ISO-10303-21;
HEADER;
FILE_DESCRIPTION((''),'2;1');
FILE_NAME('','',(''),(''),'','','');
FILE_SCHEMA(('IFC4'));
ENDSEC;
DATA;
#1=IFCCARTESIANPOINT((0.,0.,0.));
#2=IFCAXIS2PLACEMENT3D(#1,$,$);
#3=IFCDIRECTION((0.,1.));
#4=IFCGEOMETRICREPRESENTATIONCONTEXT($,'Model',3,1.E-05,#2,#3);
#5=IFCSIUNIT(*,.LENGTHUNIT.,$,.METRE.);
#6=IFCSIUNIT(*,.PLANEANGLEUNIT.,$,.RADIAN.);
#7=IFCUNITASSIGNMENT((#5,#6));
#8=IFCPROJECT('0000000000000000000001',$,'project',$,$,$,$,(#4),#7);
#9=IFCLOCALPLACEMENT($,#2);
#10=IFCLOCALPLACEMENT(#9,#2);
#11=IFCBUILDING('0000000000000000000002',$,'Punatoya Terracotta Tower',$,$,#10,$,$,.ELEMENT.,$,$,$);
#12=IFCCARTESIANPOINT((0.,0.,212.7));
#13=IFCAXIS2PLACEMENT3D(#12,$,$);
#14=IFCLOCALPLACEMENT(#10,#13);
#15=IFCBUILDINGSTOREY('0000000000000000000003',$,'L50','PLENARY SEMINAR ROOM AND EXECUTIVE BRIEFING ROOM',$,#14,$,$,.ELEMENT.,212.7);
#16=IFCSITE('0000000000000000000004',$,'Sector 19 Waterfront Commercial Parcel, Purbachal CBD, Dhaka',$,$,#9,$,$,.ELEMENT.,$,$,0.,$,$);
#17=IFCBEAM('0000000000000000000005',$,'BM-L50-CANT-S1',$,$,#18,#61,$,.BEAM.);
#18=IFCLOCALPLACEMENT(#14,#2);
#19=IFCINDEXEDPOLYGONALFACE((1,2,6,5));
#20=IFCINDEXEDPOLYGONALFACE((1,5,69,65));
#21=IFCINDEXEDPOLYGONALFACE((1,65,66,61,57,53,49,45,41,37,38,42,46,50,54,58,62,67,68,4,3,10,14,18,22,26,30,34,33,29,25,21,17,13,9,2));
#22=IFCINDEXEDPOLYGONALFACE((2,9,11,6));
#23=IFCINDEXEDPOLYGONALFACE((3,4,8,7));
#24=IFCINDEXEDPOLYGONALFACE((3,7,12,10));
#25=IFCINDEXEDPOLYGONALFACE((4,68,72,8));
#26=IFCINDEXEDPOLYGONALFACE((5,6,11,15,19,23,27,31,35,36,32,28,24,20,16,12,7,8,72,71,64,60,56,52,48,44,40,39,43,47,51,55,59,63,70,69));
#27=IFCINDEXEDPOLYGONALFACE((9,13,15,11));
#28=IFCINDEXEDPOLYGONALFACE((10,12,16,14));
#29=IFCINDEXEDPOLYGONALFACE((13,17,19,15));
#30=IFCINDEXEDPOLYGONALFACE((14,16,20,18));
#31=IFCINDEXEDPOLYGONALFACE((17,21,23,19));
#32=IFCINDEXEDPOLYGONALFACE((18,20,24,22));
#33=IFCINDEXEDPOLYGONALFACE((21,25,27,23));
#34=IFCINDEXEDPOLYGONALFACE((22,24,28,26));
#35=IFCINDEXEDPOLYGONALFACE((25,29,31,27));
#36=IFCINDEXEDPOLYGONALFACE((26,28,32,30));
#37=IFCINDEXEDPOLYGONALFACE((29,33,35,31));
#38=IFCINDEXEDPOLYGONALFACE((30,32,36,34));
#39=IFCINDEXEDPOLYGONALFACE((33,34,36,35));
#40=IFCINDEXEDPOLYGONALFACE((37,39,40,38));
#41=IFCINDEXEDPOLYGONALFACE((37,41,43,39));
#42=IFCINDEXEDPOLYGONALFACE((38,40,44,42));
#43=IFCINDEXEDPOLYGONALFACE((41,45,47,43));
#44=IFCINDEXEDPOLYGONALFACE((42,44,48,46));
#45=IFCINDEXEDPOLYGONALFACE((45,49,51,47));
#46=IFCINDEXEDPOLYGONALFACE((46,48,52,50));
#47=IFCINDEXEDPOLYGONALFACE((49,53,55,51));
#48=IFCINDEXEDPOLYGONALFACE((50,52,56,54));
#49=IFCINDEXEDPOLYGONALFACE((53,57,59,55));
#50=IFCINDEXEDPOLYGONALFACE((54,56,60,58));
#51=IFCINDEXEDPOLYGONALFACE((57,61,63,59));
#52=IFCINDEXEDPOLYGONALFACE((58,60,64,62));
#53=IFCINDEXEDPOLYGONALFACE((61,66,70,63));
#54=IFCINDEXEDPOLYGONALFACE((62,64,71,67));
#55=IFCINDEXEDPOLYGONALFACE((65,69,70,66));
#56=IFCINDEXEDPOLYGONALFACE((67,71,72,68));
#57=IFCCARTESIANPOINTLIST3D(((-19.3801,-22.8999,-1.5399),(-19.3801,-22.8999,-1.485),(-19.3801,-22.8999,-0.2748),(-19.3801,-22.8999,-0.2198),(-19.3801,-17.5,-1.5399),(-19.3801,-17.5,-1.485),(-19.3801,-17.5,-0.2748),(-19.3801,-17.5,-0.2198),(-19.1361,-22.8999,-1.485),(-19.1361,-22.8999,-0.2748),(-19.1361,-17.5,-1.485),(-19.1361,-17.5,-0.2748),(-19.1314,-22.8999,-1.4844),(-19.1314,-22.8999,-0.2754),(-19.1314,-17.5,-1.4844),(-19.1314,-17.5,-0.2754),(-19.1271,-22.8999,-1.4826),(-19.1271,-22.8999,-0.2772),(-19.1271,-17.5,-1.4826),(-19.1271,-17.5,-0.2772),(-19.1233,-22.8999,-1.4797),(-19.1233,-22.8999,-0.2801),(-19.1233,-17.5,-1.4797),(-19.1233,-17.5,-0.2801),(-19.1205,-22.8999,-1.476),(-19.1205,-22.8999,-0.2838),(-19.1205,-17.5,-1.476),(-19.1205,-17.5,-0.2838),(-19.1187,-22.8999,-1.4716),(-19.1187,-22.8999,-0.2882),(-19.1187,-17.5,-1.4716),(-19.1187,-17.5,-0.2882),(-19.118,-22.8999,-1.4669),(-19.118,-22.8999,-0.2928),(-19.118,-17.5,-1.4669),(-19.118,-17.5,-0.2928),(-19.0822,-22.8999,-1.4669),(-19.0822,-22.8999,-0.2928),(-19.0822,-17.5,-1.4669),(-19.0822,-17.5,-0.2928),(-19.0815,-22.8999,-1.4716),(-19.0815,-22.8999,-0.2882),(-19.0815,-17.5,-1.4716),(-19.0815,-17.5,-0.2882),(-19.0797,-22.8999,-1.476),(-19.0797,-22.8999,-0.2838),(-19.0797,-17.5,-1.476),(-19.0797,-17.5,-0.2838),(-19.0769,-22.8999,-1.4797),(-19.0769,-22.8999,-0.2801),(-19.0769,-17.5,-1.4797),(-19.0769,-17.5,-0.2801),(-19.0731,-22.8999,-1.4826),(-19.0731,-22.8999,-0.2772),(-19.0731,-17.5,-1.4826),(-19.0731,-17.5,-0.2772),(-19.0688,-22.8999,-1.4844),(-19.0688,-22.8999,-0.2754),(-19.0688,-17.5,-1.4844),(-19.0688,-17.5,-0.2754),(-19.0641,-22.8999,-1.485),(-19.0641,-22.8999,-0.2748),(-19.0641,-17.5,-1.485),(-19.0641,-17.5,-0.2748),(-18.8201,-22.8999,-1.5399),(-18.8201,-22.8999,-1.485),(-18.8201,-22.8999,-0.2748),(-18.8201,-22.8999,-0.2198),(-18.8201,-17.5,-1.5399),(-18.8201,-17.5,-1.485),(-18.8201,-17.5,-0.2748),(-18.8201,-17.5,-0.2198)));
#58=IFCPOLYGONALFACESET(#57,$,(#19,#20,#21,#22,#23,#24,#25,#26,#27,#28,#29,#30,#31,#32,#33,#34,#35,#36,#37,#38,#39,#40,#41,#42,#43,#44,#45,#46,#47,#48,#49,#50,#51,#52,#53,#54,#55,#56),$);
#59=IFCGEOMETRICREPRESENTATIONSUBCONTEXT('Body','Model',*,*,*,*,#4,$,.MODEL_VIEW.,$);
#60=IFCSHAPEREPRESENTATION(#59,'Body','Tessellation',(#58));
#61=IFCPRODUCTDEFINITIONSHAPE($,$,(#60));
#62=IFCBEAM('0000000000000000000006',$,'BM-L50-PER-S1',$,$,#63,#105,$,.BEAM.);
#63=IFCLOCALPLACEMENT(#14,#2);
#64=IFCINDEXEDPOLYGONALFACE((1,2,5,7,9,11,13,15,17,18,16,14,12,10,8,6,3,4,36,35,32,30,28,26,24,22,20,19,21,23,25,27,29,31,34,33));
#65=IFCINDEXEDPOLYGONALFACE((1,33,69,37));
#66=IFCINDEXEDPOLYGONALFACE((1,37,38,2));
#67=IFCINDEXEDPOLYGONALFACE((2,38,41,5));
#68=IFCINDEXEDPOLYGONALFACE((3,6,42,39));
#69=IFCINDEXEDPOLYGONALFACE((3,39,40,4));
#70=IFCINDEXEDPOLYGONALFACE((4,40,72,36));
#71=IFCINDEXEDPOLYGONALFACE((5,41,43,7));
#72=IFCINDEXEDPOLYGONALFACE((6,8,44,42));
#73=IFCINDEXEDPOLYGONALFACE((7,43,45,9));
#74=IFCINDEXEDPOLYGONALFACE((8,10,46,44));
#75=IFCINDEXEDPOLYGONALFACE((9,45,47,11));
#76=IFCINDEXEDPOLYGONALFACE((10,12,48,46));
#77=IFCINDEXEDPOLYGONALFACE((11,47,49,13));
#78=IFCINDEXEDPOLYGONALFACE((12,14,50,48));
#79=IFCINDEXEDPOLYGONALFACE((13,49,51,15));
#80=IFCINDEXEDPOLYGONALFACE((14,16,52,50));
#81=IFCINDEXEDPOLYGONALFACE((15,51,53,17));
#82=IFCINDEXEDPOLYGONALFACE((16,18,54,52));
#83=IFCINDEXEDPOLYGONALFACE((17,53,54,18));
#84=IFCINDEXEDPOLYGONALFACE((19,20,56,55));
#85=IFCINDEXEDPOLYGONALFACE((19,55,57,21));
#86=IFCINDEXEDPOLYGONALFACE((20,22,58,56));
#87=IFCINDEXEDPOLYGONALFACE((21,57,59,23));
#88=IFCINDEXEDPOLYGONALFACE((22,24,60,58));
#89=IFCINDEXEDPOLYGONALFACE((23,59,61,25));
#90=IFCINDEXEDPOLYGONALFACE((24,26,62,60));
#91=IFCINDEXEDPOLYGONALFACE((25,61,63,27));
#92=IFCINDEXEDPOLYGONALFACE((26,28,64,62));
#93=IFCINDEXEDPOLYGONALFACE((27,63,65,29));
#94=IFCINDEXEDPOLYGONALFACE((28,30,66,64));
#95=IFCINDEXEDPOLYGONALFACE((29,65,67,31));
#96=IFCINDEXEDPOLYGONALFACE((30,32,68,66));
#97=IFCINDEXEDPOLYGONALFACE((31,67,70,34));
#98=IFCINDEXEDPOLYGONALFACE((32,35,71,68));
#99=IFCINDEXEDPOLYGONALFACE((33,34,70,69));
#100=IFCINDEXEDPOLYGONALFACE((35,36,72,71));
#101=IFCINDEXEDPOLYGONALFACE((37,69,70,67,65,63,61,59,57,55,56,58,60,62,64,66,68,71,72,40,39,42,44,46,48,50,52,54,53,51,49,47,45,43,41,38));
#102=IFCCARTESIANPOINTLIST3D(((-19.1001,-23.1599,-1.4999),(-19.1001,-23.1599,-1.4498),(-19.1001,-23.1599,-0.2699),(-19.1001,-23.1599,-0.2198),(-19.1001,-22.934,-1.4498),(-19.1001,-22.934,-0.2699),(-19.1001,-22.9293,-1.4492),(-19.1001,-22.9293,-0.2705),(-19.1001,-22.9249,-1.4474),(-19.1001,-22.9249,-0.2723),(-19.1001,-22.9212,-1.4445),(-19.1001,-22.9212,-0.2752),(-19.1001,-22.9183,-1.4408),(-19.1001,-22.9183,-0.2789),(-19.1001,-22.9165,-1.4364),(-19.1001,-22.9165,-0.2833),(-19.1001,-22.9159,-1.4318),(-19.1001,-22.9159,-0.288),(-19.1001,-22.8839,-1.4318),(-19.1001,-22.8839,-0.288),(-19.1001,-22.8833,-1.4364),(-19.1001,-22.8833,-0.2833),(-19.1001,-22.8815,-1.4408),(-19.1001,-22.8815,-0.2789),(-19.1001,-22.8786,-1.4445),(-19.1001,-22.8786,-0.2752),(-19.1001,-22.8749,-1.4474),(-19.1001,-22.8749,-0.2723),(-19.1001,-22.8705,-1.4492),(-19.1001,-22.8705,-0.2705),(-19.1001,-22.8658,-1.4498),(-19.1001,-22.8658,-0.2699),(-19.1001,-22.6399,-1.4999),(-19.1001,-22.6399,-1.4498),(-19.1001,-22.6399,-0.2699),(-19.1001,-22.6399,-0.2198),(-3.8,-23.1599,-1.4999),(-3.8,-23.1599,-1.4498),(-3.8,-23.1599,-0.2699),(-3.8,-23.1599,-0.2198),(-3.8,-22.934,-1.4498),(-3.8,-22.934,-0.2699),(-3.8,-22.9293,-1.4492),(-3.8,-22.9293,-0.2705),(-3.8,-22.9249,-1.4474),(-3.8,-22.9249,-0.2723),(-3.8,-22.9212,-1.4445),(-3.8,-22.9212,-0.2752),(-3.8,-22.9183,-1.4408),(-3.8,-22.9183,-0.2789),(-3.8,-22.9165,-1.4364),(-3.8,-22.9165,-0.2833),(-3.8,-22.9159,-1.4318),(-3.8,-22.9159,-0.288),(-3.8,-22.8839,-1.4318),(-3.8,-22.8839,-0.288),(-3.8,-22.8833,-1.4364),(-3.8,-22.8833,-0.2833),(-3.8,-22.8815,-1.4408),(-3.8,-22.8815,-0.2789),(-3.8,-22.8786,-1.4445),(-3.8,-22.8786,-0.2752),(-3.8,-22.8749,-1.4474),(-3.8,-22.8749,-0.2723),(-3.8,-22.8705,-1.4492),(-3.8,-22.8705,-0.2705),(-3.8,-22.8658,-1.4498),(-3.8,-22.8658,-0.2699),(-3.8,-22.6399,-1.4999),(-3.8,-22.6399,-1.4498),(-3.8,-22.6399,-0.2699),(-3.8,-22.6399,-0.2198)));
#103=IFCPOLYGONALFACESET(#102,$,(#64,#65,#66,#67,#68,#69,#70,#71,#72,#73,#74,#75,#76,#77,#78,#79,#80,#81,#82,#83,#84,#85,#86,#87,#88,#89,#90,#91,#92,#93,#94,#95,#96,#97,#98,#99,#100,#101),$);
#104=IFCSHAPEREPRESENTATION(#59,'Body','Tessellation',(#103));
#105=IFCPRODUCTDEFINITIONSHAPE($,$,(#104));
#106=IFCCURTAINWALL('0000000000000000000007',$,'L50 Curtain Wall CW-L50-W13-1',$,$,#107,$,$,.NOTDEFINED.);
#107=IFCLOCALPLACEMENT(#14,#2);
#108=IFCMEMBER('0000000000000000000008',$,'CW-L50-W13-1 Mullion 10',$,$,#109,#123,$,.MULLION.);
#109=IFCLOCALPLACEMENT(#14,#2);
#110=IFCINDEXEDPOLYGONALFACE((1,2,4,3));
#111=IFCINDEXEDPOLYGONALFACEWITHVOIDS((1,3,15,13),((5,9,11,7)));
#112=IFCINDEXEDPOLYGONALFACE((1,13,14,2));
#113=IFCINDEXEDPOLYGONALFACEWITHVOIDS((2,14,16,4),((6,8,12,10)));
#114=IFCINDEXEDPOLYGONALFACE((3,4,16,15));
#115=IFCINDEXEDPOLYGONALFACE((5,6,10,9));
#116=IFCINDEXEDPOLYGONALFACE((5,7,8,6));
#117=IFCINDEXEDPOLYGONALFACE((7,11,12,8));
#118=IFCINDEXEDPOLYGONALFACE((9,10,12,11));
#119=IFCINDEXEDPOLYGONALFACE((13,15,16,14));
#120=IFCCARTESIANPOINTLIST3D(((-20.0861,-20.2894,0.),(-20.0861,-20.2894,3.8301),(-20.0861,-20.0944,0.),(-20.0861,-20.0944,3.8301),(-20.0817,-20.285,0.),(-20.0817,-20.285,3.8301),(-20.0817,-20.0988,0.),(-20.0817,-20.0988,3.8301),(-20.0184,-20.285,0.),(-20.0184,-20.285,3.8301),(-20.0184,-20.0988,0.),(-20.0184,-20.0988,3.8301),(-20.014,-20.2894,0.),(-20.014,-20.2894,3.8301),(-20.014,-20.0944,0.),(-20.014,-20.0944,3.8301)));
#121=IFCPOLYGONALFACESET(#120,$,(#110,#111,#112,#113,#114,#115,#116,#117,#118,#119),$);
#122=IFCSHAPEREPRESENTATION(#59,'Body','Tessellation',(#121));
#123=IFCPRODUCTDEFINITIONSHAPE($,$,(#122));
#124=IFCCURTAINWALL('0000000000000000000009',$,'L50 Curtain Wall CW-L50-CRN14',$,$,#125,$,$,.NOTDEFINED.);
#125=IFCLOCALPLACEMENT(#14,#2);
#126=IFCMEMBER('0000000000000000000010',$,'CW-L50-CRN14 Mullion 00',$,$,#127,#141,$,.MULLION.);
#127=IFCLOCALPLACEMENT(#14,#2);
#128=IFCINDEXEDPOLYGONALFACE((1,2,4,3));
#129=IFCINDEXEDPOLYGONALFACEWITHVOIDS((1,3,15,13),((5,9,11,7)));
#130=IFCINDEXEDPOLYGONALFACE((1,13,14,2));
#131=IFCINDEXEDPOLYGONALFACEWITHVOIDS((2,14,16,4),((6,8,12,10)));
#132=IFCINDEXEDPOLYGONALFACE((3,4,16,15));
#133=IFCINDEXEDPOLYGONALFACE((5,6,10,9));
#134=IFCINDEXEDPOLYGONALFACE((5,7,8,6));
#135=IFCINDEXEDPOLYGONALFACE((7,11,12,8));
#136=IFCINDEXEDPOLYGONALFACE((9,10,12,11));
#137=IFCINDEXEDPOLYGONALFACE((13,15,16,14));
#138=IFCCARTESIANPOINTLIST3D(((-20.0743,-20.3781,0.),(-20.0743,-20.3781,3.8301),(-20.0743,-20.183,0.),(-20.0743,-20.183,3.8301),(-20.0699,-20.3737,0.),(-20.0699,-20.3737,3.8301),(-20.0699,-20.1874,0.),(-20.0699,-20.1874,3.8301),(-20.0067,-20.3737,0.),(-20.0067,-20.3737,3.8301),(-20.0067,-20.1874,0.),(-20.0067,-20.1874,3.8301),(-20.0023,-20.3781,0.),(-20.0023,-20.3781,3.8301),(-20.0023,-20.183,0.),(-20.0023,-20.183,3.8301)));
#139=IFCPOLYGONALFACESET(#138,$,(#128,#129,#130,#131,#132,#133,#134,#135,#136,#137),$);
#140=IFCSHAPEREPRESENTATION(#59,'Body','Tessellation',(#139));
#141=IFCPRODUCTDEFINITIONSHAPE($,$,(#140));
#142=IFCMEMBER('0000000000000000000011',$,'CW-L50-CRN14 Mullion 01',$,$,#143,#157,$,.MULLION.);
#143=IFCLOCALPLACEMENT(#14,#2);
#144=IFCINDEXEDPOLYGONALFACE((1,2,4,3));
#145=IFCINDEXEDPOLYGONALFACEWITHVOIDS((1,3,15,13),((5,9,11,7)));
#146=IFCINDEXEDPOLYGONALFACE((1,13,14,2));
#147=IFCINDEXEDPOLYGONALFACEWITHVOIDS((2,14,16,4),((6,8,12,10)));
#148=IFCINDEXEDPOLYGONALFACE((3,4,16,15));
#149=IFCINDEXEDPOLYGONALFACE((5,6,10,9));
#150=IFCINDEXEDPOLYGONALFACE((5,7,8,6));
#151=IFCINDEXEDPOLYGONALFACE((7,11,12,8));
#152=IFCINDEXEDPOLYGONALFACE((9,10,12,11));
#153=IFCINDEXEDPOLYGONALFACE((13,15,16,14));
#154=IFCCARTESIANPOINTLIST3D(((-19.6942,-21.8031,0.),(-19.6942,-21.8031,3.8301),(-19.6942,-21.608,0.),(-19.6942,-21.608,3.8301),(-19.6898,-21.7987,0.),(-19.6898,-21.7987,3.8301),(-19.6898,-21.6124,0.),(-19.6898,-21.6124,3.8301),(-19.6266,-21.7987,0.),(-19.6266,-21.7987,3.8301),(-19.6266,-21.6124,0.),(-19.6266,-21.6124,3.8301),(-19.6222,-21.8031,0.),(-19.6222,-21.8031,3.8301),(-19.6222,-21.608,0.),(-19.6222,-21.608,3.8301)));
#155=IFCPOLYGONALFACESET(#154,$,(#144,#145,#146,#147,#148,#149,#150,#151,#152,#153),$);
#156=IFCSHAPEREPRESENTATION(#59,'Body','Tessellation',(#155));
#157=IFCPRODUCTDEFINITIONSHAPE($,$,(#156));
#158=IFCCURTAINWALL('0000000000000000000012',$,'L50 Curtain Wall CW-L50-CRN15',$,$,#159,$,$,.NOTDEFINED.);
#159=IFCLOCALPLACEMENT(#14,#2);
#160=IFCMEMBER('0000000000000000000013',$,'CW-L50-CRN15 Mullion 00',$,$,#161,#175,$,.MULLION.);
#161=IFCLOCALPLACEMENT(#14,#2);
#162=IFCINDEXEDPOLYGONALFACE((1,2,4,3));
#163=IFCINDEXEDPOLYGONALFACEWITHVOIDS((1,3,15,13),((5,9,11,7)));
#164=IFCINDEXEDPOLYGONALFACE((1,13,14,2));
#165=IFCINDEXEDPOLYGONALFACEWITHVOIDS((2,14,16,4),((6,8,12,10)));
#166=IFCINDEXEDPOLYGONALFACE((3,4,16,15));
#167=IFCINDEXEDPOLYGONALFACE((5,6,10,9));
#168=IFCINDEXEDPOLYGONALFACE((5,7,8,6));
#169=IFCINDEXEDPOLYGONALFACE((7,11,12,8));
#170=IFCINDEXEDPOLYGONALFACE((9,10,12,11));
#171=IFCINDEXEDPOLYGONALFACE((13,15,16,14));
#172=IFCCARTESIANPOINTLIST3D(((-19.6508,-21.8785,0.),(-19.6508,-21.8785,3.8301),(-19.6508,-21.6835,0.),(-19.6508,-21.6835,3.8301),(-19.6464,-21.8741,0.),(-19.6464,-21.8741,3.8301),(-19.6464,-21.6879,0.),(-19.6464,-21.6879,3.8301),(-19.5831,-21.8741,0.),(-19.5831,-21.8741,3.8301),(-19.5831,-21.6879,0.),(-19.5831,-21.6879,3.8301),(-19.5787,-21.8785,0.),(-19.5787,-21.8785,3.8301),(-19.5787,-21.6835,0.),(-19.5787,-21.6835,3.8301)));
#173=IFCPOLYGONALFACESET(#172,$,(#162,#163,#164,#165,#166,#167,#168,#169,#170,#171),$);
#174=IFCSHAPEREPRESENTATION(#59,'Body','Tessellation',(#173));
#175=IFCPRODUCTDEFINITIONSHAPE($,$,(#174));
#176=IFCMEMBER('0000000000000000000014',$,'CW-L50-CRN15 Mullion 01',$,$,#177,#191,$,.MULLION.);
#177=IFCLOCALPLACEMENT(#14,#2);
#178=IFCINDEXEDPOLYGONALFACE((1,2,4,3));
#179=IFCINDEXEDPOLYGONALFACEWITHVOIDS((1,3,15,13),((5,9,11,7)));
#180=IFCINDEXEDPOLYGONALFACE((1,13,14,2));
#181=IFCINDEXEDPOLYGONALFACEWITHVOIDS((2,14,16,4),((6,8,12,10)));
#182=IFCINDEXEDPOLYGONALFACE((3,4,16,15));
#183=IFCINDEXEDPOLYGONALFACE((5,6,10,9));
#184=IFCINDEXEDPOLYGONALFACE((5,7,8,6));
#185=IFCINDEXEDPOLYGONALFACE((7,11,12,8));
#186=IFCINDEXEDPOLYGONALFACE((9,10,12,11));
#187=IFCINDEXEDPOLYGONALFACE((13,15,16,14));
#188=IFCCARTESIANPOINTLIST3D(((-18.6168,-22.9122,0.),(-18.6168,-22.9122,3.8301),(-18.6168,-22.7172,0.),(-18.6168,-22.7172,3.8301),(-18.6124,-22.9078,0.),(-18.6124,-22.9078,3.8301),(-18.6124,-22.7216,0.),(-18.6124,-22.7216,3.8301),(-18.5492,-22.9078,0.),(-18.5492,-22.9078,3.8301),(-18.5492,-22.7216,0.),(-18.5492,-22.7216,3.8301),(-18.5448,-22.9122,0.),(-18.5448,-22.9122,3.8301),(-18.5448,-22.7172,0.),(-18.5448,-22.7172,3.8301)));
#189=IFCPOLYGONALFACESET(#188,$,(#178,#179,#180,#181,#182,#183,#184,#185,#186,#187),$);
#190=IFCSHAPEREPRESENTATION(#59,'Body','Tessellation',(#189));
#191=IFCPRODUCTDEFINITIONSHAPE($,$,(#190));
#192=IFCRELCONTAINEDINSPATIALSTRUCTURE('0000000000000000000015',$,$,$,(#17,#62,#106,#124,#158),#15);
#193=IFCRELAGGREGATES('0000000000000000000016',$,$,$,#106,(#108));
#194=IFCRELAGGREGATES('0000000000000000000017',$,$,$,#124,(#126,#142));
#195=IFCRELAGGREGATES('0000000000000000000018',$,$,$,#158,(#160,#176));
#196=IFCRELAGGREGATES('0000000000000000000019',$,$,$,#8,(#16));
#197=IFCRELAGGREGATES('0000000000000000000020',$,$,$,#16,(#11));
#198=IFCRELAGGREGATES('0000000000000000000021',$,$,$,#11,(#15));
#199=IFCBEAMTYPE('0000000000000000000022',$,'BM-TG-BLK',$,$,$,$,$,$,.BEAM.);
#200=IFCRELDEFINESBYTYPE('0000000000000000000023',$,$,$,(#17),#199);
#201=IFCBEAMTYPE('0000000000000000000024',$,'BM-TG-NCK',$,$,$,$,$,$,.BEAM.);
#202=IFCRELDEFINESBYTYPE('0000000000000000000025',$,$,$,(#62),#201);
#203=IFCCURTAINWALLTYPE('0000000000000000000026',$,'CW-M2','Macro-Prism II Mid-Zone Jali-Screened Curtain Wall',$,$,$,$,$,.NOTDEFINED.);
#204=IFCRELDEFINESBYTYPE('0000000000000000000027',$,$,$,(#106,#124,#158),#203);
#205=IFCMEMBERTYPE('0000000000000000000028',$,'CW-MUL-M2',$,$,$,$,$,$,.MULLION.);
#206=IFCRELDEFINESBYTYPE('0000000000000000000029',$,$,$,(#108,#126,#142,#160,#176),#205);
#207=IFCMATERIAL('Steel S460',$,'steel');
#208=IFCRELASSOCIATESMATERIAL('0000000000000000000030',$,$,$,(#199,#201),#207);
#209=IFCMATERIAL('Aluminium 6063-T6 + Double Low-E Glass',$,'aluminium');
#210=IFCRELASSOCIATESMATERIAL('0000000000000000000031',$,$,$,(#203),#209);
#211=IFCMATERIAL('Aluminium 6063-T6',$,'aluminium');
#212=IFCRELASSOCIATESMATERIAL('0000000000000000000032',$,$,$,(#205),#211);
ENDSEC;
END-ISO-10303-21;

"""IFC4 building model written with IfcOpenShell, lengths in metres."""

from ifc_helpers import new_model, si_unit, direction, frame, origin, origin_2d, place, context, subcontext, project, spatial, hollow_rectangle, i_section, extrude, material, material_profile, profile_set, type_object, element, aggregate, save


model = new_model("IFC4")

# Units and contexts
model_context = context("Model", 3, precision=1e-05, world=origin(), true_north=direction((0.0, 1.0)))
body_context = subcontext(model_context, "Body", "Model", "MODEL_VIEW")
ifc_project = project(units=[si_unit("LENGTHUNIT", "METRE"), si_unit("PLANEANGLEUNIT", "RADIAN")], contexts=[model_context])

# Site, building, storey
site_placement = place(None, origin())
site = spatial("IfcSite", under=ifc_project, at=site_placement, Name="Sector 19 Waterfront Commercial Parcel, Purbachal CBD, Dhaka", CompositionType="ELEMENT", RefElevation=0.0)
building_placement = place(site_placement, origin())
building = spatial("IfcBuilding", under=site, at=building_placement, Name="Punatoya Terracotta Tower", CompositionType="ELEMENT")
storey_placement = place(building_placement, frame((0.0, 0.0, 212.7)))
storey = spatial("IfcBuildingStorey", under=building, at=storey_placement, Name="L50", Description="PLENARY SEMINAR ROOM AND EXECUTIVE BRIEFING ROOM", CompositionType="ELEMENT", Elevation=212.7)

# Shared definitions
ifc_material_1 = material(Name="Steel S460", Category="steel")

# Beams
ifc_material_profile_1 = material_profile(ifc_material_1, i_section(OverallWidth=0.5601, OverallDepth=1.3201, WebThickness=0.0359, FlangeThickness=0.0549, FilletRadius=0.0181, at=origin_2d()))
ifc_profile_set_1 = profile_set([ifc_material_profile_1], Name="Steel S460")
beam_type_1 = type_object("IfcBeamType", Name="BM-TG-BLK", PredefinedType="BEAM", material=ifc_profile_set_1)
beam_1_placement = place(storey_placement, frame((-19.1001, -22.8999, -0.8799), z_axis=(0.0, 1.0, 0.0), x_axis=(-1.0, 0.0, 0.0)))
element("IfcBeam", 1, at=beam_1_placement, inside=storey, type_object=beam_type_1, Name="BM-L50-CANT-S1", PredefinedType="BEAM", context=body_context, shape_type="SweptSolid", body=[
    extrude(i_section(OverallWidth=0.5601, OverallDepth=1.3201, WebThickness=0.0359, FlangeThickness=0.0549, FilletRadius=0.0181, at=origin_2d()), origin(), (0.0, 0.0, 1.0), 5.3999),
])
ifc_material_profile_2 = material_profile(ifc_material_1, i_section(OverallWidth=0.52, OverallDepth=1.28, WebThickness=0.032, FlangeThickness=0.05, FilletRadius=0.0181, at=origin_2d()))
ifc_profile_set_2 = profile_set([ifc_material_profile_2], Name="Steel S460")
beam_type_2 = type_object("IfcBeamType", Name="BM-TG-NCK", PredefinedType="BEAM", material=ifc_profile_set_2)
beam_2_placement = place(storey_placement, frame((-19.1001, -22.8999, -0.8599), z_axis=(1.0, 0.0, 0.0), x_axis=(0.0, 1.0, 0.0)))
element("IfcBeam", 2, at=beam_2_placement, inside=storey, type_object=beam_type_2, Name="BM-L50-PER-S1", PredefinedType="BEAM", context=body_context, shape_type="SweptSolid", body=[
    extrude(i_section(OverallWidth=0.52, OverallDepth=1.28, WebThickness=0.032, FlangeThickness=0.05, FilletRadius=0.0181, at=origin_2d()), origin(), (0.0, 0.0, 1.0), 15.3),
])

# Curtain wall, member
ifc_material_2 = material(Name="Aluminium 6063-T6 + Double Low-E Glass", Category="aluminium")
curtain_wall_type = type_object("IfcCurtainWallType", Name="CW-M2", Description="Macro-Prism II Mid-Zone Jali-Screened Curtain Wall", PredefinedType="NOTDEFINED", material=ifc_material_2)
curtain_wall_1_placement = place(storey_placement, origin())
curtain_wall_1 = element("IfcCurtainWall", 3, at=curtain_wall_1_placement, inside=storey, type_object=curtain_wall_type, Name="L50 Curtain Wall CW-L50-W13-1", PredefinedType="NOTDEFINED")
ifc_material_3 = material(Name="Aluminium 6063-T6", Category="aluminium")
ifc_material_profile_3 = material_profile(ifc_material_3, hollow_rectangle(XDim=0.072, YDim=0.1951, WallThickness=0.0044, at=origin_2d()))
ifc_profile_set_3 = profile_set([ifc_material_profile_3], Name="Aluminium 6063-T6")
member_type_1 = type_object("IfcMemberType", Name="CW-MUL-M2", PredefinedType="MULLION", material=ifc_profile_set_3)
member_1_placement = place(storey_placement, frame((-20.05, -20.1919, 0.0), z_axis=(0.0, 0.0, 1.0), x_axis=(1.0, 0.0, 0.0)))
member_1 = element("IfcMember", 4, at=member_1_placement, type_object=member_type_1, Name="CW-L50-W13-1 Mullion 10", PredefinedType="MULLION", context=body_context, shape_type="SweptSolid", body=[
    extrude(hollow_rectangle(XDim=0.072, YDim=0.1951, WallThickness=0.0044, at=origin_2d()), origin(), (0.0, 0.0, 1.0), 3.8301),
])

# Curtain walls, members
curtain_wall_2_placement = place(storey_placement, origin())
curtain_wall_2 = element("IfcCurtainWall", 5, at=curtain_wall_2_placement, inside=storey, type_object=curtain_wall_type, Name="L50 Curtain Wall CW-L50-CRN14", PredefinedType="NOTDEFINED")
member_2_placement = place(storey_placement, frame((-20.0383, -20.2805, 0.0), z_axis=(0.0, 0.0, 1.0), x_axis=(1.0, 0.0, 0.0)))
member_2 = element("IfcMember", 6, at=member_2_placement, type_object=member_type_1, Name="CW-L50-CRN14 Mullion 00", PredefinedType="MULLION", context=body_context, shape_type="SweptSolid", body=[
    extrude(hollow_rectangle(XDim=0.072, YDim=0.1951, WallThickness=0.0044, at=origin_2d()), origin(), (0.0, 0.0, 1.0), 3.8301),
])
member_3_placement = place(storey_placement, frame((-19.6582, -21.7056, 0.0), z_axis=(0.0, 0.0, 1.0), x_axis=(1.0, 0.0, 0.0)))
member_3 = element("IfcMember", 7, at=member_3_placement, type_object=member_type_1, Name="CW-L50-CRN14 Mullion 01", PredefinedType="MULLION", context=body_context, shape_type="SweptSolid", body=[
    extrude(hollow_rectangle(XDim=0.072, YDim=0.1951, WallThickness=0.0044, at=origin_2d()), origin(), (0.0, 0.0, 1.0), 3.8301),
])
curtain_wall_3_placement = place(storey_placement, origin())
curtain_wall_3 = element("IfcCurtainWall", 8, at=curtain_wall_3_placement, inside=storey, type_object=curtain_wall_type, Name="L50 Curtain Wall CW-L50-CRN15", PredefinedType="NOTDEFINED")
member_4_placement = place(storey_placement, frame((-19.6147, -21.781, 0.0), z_axis=(0.0, 0.0, 1.0), x_axis=(1.0, 0.0, 0.0)))
member_4 = element("IfcMember", 9, at=member_4_placement, type_object=member_type_1, Name="CW-L50-CRN15 Mullion 00", PredefinedType="MULLION", context=body_context, shape_type="SweptSolid", body=[
    extrude(hollow_rectangle(XDim=0.072, YDim=0.1951, WallThickness=0.0044, at=origin_2d()), origin(), (0.0, 0.0, 1.0), 3.8301),
])
member_5_placement = place(storey_placement, frame((-18.5808, -22.8147, 0.0), z_axis=(0.0, 0.0, 1.0), x_axis=(1.0, 0.0, 0.0)))
member_5 = element("IfcMember", 10, at=member_5_placement, type_object=member_type_1, Name="CW-L50-CRN15 Mullion 01", PredefinedType="MULLION", context=body_context, shape_type="SweptSolid", body=[
    extrude(hollow_rectangle(XDim=0.072, YDim=0.1951, WallThickness=0.0044, at=origin_2d()), origin(), (0.0, 0.0, 1.0), 3.8301),
])

aggregate(curtain_wall_1, [member_1])
aggregate(curtain_wall_2, [member_2, member_3])
aggregate(curtain_wall_3, [member_4, member_5])

save(model, "model.ifc")
